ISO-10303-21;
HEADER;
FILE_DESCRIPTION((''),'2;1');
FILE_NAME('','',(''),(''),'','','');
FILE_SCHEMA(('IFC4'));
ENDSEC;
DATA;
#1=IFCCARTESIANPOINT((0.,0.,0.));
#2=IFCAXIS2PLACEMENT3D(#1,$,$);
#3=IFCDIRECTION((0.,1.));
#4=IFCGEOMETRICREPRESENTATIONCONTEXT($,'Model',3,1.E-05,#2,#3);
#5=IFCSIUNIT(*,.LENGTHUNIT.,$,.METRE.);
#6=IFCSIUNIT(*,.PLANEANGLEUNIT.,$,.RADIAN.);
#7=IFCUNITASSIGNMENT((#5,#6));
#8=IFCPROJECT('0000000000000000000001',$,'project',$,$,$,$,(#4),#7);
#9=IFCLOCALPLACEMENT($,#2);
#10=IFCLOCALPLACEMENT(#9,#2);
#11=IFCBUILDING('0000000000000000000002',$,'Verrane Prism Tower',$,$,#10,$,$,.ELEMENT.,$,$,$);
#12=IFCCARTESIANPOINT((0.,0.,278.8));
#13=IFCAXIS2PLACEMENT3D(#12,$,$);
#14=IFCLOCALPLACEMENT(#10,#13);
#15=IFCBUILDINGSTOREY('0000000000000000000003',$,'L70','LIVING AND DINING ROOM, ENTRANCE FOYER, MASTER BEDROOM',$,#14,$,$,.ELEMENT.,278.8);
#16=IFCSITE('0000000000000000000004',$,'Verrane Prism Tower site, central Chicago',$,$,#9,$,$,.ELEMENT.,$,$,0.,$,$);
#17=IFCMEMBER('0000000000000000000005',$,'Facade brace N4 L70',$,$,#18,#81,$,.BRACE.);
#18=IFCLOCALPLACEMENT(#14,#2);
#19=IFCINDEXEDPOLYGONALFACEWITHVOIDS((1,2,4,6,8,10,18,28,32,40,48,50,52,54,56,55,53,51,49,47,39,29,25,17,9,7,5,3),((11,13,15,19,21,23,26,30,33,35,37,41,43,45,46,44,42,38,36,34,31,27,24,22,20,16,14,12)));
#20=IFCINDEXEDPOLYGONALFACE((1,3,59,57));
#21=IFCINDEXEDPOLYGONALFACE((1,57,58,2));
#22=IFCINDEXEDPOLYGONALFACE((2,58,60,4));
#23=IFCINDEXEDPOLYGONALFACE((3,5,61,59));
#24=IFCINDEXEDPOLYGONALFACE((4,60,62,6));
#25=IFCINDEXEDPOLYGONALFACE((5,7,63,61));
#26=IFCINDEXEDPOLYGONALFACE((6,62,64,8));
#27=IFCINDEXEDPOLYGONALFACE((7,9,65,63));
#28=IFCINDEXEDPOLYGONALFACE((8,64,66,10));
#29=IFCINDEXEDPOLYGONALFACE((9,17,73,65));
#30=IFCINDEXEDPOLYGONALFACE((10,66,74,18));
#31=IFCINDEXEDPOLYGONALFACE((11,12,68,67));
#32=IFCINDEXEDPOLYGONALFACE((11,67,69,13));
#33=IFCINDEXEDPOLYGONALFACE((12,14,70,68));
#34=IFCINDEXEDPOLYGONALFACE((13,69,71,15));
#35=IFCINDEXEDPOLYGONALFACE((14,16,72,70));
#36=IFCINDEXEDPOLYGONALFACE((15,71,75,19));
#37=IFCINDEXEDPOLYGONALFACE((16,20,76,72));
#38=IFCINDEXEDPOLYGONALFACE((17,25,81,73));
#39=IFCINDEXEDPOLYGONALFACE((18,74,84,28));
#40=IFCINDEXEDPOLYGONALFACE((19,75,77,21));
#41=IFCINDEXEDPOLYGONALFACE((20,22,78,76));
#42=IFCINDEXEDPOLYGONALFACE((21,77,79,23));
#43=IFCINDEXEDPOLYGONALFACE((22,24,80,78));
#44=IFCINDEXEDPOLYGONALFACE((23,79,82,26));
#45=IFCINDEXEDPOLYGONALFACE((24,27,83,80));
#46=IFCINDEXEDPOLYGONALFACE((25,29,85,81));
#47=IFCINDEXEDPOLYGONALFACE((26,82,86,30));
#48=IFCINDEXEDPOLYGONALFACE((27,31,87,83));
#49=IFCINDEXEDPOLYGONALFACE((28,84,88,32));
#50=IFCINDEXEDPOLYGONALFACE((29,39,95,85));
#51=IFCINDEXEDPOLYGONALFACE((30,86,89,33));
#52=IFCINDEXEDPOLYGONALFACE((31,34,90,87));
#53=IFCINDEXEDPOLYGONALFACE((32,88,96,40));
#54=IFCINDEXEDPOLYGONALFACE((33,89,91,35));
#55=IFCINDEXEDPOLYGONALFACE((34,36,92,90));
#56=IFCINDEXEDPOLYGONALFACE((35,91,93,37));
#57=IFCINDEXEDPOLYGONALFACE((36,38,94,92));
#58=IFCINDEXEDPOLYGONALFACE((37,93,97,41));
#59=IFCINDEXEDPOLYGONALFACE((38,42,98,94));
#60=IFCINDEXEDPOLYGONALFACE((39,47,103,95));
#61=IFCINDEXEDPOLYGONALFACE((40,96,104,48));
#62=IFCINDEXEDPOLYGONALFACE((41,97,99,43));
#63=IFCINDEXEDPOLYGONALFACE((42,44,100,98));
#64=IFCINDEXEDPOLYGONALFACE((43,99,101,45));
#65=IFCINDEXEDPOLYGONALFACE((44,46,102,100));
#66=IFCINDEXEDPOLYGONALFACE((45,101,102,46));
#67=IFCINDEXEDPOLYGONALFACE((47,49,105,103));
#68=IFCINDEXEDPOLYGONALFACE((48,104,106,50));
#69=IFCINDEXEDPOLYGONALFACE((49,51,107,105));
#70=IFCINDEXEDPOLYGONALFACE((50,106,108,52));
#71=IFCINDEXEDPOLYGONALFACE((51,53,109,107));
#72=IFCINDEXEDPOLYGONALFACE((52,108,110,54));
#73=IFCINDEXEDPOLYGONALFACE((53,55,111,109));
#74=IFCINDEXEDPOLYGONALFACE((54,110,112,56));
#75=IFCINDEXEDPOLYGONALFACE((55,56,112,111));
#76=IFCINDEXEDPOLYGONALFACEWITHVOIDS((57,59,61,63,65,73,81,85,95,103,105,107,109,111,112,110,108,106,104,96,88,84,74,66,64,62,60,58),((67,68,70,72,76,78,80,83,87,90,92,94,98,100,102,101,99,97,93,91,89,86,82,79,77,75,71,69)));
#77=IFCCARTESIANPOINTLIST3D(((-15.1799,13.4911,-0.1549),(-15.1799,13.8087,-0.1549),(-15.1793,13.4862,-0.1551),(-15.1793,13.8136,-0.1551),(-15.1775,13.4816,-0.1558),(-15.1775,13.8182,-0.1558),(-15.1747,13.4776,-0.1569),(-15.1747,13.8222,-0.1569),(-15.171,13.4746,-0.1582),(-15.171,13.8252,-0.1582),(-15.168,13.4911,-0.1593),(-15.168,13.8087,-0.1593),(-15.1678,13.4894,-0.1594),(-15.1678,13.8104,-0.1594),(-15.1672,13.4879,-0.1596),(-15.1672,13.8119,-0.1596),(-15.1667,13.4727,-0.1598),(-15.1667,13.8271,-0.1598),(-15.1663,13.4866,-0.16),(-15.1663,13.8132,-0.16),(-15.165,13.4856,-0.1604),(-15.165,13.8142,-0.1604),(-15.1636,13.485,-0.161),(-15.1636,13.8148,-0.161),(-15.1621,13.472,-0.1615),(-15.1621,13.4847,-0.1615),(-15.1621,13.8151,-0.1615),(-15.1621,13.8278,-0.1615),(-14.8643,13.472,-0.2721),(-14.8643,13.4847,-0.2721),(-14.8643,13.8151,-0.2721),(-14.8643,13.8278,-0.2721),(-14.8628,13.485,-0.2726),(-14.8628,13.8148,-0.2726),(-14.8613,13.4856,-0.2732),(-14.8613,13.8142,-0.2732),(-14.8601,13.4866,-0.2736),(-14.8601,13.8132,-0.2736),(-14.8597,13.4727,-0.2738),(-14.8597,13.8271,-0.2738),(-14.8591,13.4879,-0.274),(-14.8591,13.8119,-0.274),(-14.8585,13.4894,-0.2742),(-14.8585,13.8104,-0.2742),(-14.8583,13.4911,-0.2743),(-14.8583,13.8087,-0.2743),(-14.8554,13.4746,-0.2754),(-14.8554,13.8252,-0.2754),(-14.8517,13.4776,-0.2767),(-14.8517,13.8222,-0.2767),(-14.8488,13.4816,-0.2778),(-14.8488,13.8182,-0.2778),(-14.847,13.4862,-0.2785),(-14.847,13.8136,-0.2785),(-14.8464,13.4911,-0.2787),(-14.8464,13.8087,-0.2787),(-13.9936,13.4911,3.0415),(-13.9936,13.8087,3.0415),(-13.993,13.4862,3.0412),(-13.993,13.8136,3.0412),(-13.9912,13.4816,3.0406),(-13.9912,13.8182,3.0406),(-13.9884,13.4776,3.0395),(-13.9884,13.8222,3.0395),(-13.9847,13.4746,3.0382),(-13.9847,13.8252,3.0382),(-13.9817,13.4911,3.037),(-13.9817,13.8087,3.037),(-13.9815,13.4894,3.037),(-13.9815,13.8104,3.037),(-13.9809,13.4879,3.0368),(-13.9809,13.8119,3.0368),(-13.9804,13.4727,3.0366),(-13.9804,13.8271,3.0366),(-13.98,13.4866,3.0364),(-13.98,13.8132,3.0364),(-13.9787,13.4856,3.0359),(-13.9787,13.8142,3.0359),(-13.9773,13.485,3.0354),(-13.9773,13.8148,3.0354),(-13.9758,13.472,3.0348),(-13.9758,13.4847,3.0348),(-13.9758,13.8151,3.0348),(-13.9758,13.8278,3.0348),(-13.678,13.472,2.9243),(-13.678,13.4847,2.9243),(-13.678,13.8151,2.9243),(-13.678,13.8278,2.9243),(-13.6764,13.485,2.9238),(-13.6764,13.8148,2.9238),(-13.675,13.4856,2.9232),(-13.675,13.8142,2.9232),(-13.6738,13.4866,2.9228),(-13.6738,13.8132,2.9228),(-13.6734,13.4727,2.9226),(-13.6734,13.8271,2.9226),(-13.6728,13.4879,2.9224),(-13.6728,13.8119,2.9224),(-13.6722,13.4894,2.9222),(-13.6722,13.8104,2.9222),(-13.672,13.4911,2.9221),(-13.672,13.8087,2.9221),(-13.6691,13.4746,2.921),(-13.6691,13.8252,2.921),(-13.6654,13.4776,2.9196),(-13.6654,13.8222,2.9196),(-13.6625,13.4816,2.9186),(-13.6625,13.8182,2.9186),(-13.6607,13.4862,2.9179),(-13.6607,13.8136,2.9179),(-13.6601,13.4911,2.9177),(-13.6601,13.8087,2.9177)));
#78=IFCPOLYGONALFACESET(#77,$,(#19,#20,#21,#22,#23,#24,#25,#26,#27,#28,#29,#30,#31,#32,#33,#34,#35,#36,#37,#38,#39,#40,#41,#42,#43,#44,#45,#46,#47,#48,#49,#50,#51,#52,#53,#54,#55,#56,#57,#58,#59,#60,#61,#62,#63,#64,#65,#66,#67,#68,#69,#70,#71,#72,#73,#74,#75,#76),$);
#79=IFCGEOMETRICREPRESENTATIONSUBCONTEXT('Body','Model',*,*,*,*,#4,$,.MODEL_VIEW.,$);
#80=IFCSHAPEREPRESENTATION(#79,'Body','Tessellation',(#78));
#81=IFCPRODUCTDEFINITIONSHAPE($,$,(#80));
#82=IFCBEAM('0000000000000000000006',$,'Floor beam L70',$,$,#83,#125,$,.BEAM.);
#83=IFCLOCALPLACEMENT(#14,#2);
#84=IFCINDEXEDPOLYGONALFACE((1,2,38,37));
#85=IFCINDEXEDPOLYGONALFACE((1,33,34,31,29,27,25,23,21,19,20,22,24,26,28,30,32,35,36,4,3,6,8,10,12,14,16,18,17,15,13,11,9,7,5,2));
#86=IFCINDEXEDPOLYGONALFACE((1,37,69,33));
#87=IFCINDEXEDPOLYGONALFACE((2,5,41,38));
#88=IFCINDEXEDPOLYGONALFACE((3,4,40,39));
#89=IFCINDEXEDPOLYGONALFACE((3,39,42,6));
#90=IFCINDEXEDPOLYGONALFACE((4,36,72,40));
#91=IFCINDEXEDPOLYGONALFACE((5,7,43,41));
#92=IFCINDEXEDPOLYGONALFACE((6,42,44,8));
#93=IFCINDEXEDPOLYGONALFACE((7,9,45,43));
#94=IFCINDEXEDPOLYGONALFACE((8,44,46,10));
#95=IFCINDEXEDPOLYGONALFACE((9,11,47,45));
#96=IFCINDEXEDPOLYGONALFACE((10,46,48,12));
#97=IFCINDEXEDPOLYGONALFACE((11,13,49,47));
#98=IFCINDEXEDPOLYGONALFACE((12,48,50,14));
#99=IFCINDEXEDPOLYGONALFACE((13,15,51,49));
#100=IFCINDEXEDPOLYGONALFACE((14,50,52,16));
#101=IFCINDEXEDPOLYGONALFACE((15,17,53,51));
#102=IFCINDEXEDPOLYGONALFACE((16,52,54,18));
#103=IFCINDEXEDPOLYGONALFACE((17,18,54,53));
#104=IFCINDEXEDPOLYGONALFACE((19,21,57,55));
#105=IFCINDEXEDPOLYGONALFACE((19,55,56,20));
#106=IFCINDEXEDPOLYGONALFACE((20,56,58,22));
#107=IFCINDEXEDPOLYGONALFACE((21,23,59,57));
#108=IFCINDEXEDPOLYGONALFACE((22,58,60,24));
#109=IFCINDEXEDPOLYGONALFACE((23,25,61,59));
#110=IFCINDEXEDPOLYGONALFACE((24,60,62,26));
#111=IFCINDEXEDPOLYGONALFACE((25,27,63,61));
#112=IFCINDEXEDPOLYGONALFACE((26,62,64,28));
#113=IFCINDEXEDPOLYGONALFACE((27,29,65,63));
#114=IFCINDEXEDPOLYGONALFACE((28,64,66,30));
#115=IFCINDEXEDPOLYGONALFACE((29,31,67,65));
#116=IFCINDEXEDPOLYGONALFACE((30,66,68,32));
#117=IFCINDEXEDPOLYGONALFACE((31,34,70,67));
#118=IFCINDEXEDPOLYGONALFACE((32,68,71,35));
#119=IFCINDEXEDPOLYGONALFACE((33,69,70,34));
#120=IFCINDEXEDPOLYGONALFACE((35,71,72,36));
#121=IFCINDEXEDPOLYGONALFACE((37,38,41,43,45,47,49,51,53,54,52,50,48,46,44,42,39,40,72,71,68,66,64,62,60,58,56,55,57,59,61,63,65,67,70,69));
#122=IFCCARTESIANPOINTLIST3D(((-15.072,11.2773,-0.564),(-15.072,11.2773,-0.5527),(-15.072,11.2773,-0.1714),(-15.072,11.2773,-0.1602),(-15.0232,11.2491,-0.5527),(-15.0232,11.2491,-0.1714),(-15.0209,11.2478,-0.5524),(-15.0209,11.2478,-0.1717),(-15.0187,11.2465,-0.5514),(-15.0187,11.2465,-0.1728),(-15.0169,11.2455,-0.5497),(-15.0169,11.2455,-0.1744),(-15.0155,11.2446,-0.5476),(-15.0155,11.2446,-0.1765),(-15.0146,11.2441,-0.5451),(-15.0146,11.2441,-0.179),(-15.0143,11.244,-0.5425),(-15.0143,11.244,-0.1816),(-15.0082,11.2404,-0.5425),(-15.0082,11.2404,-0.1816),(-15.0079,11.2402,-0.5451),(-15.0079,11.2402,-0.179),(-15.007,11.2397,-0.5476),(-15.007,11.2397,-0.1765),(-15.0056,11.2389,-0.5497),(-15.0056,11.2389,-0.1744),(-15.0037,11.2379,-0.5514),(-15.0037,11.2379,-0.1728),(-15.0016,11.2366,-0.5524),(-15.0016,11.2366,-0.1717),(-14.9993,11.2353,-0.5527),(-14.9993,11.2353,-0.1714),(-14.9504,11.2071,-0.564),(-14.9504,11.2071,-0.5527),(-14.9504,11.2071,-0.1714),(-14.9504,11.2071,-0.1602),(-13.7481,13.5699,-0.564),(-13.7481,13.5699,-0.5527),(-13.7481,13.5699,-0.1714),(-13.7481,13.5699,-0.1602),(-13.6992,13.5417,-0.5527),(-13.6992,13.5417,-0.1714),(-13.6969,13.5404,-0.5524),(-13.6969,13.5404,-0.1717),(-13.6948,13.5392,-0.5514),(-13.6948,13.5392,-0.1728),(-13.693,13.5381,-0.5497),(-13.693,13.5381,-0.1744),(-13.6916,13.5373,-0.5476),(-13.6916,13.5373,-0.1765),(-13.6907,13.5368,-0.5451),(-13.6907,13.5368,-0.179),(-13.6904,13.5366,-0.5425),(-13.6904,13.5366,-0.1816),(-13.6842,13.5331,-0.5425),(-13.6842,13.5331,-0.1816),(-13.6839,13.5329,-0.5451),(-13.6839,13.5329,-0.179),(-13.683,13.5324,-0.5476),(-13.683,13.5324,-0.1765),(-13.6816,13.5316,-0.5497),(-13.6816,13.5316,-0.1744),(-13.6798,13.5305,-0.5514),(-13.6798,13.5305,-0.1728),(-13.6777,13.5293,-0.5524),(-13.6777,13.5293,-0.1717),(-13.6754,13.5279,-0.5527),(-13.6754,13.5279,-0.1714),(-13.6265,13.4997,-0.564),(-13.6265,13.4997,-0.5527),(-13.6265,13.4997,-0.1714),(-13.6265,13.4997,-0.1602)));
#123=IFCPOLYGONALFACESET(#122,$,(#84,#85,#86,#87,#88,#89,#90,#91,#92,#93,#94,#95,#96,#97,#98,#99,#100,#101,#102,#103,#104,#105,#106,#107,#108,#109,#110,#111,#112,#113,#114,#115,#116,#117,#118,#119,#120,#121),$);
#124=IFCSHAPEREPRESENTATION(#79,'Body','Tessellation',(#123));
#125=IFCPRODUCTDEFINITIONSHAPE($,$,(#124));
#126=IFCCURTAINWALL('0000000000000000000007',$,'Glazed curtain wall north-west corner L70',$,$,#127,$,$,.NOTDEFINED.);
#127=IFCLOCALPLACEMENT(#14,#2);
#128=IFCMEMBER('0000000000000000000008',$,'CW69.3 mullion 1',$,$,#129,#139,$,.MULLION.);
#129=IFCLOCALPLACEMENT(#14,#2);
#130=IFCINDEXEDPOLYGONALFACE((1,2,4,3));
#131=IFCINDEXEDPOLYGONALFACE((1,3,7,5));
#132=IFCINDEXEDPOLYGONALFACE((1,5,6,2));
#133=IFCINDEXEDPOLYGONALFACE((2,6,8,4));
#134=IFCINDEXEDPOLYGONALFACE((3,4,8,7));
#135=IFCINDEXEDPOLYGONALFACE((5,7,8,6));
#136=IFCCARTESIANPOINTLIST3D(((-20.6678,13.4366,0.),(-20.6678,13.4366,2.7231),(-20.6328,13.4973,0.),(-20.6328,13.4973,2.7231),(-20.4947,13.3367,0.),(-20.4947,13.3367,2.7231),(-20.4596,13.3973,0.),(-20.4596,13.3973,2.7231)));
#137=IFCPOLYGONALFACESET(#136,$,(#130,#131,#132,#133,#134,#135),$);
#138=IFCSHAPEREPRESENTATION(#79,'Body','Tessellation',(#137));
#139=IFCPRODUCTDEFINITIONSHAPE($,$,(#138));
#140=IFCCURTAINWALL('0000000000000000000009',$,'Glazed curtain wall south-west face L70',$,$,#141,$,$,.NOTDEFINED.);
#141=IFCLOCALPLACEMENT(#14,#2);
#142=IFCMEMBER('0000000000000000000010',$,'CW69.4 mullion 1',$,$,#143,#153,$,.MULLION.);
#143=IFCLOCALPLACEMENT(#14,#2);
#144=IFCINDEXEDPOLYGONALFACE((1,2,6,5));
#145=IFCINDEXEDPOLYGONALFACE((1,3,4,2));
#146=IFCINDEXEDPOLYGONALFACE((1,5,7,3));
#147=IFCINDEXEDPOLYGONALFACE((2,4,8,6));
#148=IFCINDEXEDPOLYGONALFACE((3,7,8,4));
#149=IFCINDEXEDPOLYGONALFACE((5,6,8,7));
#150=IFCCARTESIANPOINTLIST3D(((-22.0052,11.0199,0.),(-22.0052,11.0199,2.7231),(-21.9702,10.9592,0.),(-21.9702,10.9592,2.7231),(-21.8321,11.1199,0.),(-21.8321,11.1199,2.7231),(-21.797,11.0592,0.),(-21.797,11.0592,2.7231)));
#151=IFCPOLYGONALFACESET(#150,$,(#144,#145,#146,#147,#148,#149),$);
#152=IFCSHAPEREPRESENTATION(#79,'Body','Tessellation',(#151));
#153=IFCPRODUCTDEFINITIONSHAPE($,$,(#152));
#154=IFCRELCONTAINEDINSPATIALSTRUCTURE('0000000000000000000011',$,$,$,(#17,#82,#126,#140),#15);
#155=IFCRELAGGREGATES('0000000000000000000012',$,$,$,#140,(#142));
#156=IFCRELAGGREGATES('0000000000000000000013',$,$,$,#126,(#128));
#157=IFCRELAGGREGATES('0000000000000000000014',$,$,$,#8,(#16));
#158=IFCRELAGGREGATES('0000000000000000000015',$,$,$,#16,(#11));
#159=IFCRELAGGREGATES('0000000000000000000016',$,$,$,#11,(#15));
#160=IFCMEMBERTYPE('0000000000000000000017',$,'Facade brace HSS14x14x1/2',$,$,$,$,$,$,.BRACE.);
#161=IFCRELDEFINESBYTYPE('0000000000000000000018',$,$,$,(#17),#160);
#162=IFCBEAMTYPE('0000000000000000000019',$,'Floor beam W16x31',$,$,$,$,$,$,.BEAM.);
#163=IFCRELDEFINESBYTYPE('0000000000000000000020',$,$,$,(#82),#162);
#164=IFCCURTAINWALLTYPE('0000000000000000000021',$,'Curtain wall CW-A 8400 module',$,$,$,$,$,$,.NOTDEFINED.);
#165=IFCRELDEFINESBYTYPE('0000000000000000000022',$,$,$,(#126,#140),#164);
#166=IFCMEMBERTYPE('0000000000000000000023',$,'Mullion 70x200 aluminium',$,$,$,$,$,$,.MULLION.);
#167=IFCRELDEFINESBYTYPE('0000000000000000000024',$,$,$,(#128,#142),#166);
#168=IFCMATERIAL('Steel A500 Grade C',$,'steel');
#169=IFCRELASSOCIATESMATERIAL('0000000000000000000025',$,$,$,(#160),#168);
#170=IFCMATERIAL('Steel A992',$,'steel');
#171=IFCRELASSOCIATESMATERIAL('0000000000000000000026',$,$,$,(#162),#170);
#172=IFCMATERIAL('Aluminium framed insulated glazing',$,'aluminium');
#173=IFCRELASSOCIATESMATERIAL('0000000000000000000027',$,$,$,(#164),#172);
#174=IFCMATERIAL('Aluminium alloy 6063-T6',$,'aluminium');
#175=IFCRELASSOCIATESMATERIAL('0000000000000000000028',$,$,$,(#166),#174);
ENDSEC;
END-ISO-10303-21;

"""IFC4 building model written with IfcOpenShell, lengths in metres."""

from ifc_helpers import new_model, si_unit, direction, frame, origin, origin_2d, place, context, subcontext, project, spatial, rectangle, hollow_rectangle, i_section, extrude, material, material_profile, profile_set, type_object, element, aggregate, save


model = new_model("IFC4")

# Units and contexts
model_context = context("Model", 3, precision=1e-05, world=origin(), true_north=direction((0.0, 1.0)))
body_context = subcontext(model_context, "Body", "Model", "MODEL_VIEW")
ifc_project = project(units=[si_unit("LENGTHUNIT", "METRE"), si_unit("PLANEANGLEUNIT", "RADIAN")], contexts=[model_context])

# Site, building, storey
site_placement = place(None, origin())
site = spatial("IfcSite", under=ifc_project, at=site_placement, Name="Verrane Prism Tower site, central Chicago", CompositionType="ELEMENT", RefElevation=0.0)
building_placement = place(site_placement, origin())
building = spatial("IfcBuilding", under=site, at=building_placement, Name="Verrane Prism Tower", CompositionType="ELEMENT")
storey_placement = place(building_placement, frame((0.0, 0.0, 278.8)))
storey = spatial("IfcBuildingStorey", under=building, at=storey_placement, Name="L70", Description="LIVING AND DINING ROOM, ENTRANCE FOYER, MASTER BEDROOM", CompositionType="ELEMENT", Elevation=278.8)

# Member
ifc_material_1 = material(Name="Steel A500 Grade C", Category="steel")
ifc_material_profile_1 = material_profile(ifc_material_1, hollow_rectangle(XDim=0.3557, YDim=0.3557, WallThickness=0.0127, InnerFilletRadius=0.0063, OuterFilletRadius=0.019, at=origin_2d()), Name="HSS14x14x1/2")
ifc_profile_set_1 = profile_set([ifc_material_profile_1], Name="Steel A500 Grade C")
member_type_1 = type_object("IfcMemberType", Name="Facade brace HSS14x14x1/2", PredefinedType="BRACE", material=ifc_profile_set_1)
member_1_placement = place(storey_placement, frame((-15.0132, 13.6499, -0.2168), z_axis=(0.347951, 0.0, 0.937513), x_axis=(0.0, 1.0, 0.0)))
element("IfcMember", 1, at=member_1_placement, inside=storey, type_object=member_type_1, Name="Facade brace N4 L70", PredefinedType="BRACE", context=body_context, shape_type="SweptSolid", body=[
    extrude(hollow_rectangle(XDim=0.3557, YDim=0.3557, WallThickness=0.0127, InnerFilletRadius=0.0063, OuterFilletRadius=0.019, at=origin_2d()), origin(), (0.0, 0.0, 1.0), 3.4094),
])

# Beam
ifc_material_2 = material(Name="Steel A992", Category="steel")
ifc_material_profile_2 = material_profile(ifc_material_2, i_section(OverallWidth=0.1404, OverallDepth=0.4038, WebThickness=0.0071, FlangeThickness=0.0112, FilletRadius=0.0103, at=origin_2d()), Name="W16x31")
ifc_profile_set_2 = profile_set([ifc_material_profile_2], Name="Steel A992")
beam_type_1 = type_object("IfcBeamType", Name="Floor beam W16x31", PredefinedType="BEAM", material=ifc_profile_set_2)
beam_1_placement = place(storey_placement, frame((-15.0112, 11.2422, -0.3621), z_axis=(0.500076, 0.865981, 0.0), x_axis=(-0.865981, 0.500076, 0.0)))
element("IfcBeam", 2, at=beam_1_placement, inside=storey, type_object=beam_type_1, Name="Floor beam L70", PredefinedType="BEAM", context=body_context, shape_type="SweptSolid", body=[
    extrude(i_section(OverallWidth=0.1404, OverallDepth=0.4038, WebThickness=0.0071, FlangeThickness=0.0112, FilletRadius=0.0103, at=origin_2d()), origin(), (0.0, 0.0, 1.0), 2.6475),
])

# Curtain walls, members
ifc_material_3 = material(Name="Aluminium framed insulated glazing", Category="aluminium")
curtain_wall_type = type_object("IfcCurtainWallType", Name="Curtain wall CW-A 8400 module", PredefinedType="NOTDEFINED", material=ifc_material_3)
curtain_wall_1_placement = place(storey_placement, origin())
curtain_wall_1 = element("IfcCurtainWall", 3, at=curtain_wall_1_placement, inside=storey, type_object=curtain_wall_type, Name="Glazed curtain wall north-west corner L70", PredefinedType="NOTDEFINED")
ifc_material_4 = material(Name="Aluminium alloy 6063-T6", Category="aluminium")
ifc_material_profile_3 = material_profile(ifc_material_4, rectangle(XDim=0.2, YDim=0.0701, at=origin_2d()), Name="Mullion 70x200 aluminium")
ifc_profile_set_3 = profile_set([ifc_material_profile_3], Name="Aluminium alloy 6063-T6")
member_type_2 = type_object("IfcMemberType", Name="Mullion 70x200 aluminium", PredefinedType="MULLION", material=ifc_profile_set_3)
member_2_placement = place(storey_placement, frame((-20.5637, 13.417, 0.0), z_axis=(0.0, 0.0, 1.0), x_axis=(0.866024, -0.500002, 0.0)))
member_2 = element("IfcMember", 4, at=member_2_placement, type_object=member_type_2, Name="CW69.3 mullion 1", PredefinedType="MULLION", context=body_context, shape_type="SweptSolid", body=[
    extrude(rectangle(XDim=0.2, YDim=0.0701, at=origin_2d()), origin(), (0.0, 0.0, 1.0), 2.7231),
])
curtain_wall_2_placement = place(storey_placement, origin())
curtain_wall_2 = element("IfcCurtainWall", 5, at=curtain_wall_2_placement, inside=storey, type_object=curtain_wall_type, Name="Glazed curtain wall south-west face L70", PredefinedType="NOTDEFINED")
member_3_placement = place(storey_placement, frame((-21.9011, 11.0396, 0.0), z_axis=(0.0, 0.0, 1.0), x_axis=(0.866025, 0.500001, 0.0)))
member_3 = element("IfcMember", 6, at=member_3_placement, type_object=member_type_2, Name="CW69.4 mullion 1", PredefinedType="MULLION", context=body_context, shape_type="SweptSolid", body=[
    extrude(rectangle(XDim=0.2, YDim=0.0701, at=origin_2d()), origin(), (0.0, 0.0, 1.0), 2.7231),
])

aggregate(curtain_wall_2, [member_3])

aggregate(curtain_wall_1, [member_2])

save(model, "model.ifc")
